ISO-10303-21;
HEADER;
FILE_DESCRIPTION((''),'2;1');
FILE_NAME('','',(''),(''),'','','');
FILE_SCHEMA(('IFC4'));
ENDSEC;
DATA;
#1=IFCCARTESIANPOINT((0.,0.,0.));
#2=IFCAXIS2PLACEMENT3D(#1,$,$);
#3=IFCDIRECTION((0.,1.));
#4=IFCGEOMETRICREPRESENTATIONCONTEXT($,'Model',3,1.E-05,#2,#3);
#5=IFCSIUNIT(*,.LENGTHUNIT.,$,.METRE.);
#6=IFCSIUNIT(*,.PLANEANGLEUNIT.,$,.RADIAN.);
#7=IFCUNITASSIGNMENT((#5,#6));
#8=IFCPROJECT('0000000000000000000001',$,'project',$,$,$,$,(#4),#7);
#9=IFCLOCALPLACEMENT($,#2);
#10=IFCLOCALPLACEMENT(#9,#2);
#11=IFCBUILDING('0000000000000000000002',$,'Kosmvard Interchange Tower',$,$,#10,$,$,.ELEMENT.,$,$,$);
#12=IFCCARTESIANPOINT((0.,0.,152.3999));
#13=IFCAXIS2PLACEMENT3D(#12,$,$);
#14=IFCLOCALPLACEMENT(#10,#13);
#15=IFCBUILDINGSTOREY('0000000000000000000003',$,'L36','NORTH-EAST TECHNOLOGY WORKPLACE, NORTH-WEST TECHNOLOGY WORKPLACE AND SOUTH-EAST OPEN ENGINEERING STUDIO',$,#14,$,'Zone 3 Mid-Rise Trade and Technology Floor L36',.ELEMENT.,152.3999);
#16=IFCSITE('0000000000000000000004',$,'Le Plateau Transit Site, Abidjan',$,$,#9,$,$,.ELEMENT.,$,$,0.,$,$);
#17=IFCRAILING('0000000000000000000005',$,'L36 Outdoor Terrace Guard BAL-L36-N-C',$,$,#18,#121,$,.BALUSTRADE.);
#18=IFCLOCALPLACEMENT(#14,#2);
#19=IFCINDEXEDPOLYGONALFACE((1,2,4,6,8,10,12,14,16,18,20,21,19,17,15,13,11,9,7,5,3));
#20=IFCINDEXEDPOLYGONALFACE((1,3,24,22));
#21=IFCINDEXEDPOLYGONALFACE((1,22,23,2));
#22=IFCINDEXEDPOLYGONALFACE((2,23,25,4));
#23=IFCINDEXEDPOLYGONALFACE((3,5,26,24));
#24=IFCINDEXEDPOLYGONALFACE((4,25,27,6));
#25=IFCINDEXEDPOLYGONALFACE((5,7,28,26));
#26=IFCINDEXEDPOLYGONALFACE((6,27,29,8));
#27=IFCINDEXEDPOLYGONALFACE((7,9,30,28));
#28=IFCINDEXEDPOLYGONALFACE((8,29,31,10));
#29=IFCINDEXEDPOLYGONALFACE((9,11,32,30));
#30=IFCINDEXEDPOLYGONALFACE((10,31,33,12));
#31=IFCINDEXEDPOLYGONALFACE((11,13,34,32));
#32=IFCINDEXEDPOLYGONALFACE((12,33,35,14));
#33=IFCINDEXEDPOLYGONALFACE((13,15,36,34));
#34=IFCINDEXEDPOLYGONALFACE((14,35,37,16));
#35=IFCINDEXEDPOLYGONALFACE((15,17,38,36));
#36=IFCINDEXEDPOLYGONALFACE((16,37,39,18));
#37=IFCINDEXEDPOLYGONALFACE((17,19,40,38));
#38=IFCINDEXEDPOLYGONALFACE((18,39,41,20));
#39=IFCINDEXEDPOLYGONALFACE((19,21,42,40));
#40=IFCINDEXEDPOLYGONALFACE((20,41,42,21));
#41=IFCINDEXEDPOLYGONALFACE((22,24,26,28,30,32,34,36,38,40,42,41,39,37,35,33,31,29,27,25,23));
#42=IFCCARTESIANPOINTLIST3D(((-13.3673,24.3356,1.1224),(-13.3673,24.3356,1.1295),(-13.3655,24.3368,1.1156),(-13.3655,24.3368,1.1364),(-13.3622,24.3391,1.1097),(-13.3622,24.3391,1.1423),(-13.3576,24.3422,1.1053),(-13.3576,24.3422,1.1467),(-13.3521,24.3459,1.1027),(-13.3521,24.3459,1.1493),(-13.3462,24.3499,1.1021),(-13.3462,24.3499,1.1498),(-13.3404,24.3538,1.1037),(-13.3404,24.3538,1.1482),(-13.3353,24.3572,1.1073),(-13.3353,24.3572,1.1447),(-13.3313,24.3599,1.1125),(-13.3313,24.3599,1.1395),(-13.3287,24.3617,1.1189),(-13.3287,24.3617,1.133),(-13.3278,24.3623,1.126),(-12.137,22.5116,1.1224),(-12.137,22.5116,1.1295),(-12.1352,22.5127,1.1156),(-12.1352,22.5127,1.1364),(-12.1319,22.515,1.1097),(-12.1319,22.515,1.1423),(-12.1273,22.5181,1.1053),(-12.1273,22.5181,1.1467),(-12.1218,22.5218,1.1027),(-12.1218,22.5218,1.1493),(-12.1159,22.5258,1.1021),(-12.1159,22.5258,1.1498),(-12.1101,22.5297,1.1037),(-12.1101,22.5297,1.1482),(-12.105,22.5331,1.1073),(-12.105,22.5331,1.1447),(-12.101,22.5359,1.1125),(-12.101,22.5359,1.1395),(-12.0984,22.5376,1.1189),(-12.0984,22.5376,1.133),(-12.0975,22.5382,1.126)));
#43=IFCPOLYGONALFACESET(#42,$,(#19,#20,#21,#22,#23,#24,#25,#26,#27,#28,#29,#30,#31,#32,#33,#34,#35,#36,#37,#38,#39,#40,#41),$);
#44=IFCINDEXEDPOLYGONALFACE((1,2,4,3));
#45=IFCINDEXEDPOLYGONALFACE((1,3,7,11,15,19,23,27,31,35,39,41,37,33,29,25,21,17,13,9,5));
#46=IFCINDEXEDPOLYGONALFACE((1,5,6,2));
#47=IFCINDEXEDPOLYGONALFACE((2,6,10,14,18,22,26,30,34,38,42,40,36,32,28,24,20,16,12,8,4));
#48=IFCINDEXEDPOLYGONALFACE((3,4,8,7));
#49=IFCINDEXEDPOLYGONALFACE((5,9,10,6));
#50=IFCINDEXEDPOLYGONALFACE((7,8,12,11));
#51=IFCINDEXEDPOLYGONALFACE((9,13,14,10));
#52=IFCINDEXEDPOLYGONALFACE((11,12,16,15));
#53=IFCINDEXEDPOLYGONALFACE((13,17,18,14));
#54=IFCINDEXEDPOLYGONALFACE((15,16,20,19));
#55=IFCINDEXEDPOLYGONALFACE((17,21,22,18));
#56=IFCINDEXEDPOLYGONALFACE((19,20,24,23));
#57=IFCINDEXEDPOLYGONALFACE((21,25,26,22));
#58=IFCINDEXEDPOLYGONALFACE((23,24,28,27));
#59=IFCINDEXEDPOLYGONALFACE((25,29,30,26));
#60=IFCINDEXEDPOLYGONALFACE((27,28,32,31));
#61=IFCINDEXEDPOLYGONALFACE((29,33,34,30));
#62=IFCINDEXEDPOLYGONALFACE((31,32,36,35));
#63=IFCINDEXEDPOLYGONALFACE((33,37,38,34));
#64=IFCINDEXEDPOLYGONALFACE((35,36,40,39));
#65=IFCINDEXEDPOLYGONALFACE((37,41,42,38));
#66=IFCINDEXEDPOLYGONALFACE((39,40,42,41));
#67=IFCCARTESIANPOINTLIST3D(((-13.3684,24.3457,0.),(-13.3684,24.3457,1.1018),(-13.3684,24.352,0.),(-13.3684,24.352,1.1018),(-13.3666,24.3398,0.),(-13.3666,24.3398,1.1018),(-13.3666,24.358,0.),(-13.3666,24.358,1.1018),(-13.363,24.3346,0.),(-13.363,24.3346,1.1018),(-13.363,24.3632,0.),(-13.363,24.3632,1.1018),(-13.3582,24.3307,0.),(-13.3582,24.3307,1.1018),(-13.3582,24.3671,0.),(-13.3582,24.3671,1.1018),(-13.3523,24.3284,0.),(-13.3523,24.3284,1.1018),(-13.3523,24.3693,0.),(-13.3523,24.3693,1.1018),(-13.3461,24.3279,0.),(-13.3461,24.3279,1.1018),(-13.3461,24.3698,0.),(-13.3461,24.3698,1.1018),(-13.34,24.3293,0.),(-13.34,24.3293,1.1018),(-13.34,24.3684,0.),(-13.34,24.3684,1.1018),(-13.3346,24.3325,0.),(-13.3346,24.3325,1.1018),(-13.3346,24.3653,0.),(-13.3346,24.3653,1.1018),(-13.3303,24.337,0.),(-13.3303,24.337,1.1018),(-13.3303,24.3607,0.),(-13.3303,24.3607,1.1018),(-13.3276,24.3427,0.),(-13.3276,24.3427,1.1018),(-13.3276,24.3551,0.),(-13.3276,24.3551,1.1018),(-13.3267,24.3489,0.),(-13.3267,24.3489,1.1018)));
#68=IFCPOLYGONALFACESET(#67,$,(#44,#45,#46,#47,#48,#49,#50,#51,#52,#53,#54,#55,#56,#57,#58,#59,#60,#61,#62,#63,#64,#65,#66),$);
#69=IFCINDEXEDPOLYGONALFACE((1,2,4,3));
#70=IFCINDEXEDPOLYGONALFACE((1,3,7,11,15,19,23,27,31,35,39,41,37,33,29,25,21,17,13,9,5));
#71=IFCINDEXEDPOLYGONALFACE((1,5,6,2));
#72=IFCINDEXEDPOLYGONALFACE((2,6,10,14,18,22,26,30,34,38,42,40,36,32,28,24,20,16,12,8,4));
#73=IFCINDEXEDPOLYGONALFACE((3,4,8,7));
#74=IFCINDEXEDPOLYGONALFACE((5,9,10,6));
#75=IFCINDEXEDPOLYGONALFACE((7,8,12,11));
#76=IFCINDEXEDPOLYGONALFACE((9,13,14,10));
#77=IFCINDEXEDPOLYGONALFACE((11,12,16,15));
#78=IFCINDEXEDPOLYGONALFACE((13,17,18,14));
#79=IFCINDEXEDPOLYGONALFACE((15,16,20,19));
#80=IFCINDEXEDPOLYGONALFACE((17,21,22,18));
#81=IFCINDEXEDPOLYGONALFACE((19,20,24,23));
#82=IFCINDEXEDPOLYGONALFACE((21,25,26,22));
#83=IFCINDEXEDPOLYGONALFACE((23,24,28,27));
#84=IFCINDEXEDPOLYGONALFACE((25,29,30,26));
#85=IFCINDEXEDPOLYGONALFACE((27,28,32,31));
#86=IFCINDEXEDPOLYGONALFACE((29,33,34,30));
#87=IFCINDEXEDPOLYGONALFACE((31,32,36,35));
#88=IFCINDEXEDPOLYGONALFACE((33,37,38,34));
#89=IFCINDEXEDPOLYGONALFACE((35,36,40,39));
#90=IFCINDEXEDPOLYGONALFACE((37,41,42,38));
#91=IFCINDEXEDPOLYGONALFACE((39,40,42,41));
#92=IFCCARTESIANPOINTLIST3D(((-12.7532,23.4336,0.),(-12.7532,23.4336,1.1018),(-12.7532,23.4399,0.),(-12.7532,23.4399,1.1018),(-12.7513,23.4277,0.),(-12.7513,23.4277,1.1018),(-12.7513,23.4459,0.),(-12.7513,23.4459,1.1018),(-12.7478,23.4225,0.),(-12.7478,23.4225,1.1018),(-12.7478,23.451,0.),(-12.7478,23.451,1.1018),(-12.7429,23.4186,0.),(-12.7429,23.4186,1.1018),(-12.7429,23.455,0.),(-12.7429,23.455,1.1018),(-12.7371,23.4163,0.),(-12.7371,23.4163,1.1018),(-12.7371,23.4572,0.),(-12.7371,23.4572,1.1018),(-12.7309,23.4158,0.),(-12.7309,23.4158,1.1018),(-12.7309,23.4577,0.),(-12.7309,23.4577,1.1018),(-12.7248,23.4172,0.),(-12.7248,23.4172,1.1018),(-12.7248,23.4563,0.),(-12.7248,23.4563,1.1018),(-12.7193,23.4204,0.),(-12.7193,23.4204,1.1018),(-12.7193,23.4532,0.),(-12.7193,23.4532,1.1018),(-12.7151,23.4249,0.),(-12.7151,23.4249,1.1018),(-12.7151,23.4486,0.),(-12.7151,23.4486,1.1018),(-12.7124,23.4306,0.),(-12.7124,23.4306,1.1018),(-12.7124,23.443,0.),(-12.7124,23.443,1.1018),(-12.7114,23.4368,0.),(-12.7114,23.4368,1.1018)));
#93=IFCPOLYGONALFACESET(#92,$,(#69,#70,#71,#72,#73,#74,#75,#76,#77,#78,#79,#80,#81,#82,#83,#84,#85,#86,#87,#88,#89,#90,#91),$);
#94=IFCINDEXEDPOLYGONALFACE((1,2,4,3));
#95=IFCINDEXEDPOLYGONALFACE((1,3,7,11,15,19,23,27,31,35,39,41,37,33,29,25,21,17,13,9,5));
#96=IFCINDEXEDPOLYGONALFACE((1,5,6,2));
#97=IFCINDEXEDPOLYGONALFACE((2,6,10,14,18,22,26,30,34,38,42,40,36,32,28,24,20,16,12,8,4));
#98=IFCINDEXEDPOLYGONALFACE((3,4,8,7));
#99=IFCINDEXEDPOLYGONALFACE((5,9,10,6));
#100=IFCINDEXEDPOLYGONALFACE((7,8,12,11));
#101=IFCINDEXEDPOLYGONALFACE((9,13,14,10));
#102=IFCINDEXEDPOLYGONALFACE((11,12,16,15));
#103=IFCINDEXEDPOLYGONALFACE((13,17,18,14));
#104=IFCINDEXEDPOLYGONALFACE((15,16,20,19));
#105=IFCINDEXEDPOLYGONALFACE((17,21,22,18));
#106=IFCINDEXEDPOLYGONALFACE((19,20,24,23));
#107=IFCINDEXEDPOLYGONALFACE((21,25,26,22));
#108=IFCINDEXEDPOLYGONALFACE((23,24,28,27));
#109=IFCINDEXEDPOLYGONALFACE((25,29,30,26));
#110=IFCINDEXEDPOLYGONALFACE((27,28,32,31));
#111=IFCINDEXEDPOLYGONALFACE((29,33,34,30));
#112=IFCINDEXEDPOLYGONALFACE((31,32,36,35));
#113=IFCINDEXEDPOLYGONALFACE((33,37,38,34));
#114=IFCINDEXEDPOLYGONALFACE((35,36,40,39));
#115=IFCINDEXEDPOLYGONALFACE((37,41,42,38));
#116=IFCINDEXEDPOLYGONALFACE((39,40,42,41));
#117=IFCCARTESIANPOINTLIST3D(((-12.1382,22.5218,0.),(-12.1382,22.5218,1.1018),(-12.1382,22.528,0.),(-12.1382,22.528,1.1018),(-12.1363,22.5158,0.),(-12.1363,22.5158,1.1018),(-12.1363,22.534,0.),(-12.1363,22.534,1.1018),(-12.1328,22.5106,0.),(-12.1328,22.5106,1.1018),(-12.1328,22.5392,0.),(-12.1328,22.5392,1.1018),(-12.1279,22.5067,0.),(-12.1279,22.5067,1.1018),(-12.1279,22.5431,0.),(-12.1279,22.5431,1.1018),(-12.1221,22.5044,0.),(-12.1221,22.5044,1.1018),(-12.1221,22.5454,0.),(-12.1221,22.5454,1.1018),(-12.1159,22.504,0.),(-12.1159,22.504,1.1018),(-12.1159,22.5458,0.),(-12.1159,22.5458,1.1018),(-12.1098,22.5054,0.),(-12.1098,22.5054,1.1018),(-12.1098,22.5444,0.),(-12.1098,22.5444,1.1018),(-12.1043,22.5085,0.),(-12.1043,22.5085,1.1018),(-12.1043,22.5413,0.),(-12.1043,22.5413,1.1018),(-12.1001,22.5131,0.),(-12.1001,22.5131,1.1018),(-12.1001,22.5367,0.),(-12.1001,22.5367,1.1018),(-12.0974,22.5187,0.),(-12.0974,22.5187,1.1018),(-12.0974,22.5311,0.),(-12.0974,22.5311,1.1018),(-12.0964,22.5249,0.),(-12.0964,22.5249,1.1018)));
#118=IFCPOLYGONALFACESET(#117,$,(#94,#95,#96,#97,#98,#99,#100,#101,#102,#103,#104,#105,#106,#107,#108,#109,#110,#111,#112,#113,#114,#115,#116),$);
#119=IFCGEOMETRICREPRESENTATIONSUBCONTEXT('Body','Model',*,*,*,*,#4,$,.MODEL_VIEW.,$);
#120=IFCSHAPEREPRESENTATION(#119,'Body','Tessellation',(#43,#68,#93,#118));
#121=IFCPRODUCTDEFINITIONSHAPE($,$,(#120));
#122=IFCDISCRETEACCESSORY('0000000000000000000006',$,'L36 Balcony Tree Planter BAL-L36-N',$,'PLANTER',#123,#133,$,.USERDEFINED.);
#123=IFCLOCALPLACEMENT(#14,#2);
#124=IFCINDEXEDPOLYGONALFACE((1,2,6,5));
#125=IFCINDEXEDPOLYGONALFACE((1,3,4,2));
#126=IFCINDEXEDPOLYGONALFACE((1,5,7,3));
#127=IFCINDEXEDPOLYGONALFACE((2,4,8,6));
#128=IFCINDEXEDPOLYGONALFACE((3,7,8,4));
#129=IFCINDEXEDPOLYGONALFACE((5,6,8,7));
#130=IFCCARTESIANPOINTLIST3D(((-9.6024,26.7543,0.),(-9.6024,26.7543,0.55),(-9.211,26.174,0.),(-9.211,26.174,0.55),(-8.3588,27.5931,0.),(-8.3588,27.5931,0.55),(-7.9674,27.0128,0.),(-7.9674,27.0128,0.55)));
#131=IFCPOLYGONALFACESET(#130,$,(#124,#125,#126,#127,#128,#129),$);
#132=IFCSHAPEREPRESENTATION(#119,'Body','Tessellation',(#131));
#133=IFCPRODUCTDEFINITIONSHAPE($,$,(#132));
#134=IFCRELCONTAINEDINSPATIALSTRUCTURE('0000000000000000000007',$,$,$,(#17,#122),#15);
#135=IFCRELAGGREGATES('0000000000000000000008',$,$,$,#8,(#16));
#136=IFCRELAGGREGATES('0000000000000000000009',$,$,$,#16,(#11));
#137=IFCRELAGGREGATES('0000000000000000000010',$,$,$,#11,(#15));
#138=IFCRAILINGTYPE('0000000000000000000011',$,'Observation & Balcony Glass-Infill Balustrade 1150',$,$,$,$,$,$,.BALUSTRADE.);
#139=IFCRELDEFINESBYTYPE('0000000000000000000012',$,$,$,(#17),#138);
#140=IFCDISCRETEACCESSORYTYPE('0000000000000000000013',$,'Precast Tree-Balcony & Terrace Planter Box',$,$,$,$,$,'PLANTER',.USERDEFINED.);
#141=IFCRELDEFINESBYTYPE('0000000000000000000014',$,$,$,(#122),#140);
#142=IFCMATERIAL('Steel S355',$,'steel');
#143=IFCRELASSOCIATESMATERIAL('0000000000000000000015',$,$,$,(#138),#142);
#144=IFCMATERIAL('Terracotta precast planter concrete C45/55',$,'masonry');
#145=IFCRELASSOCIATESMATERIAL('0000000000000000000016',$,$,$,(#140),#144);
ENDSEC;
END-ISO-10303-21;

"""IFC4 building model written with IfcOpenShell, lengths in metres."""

from ifc_helpers import new_model, si_unit, direction, frame, origin, origin_2d, place, context, subcontext, project, spatial, rectangle, circle, extrude, source, transform, mapped, material, type_object, element, save


model = new_model("IFC4")

# Units and contexts
model_context = context("Model", 3, precision=1e-05, world=origin(), true_north=direction((0.0, 1.0)))
body_context = subcontext(model_context, "Body", "Model", "MODEL_VIEW")
ifc_project = project(units=[si_unit("LENGTHUNIT", "METRE"), si_unit("PLANEANGLEUNIT", "RADIAN")], contexts=[model_context])

# Site, building, storey
site_placement = place(None, origin())
site = spatial("IfcSite", under=ifc_project, at=site_placement, Name="Le Plateau Transit Site, Abidjan", CompositionType="ELEMENT", RefElevation=0.0)
building_placement = place(site_placement, origin())
building = spatial("IfcBuilding", under=site, at=building_placement, Name="Kosmvard Interchange Tower", CompositionType="ELEMENT")
storey_placement = place(building_placement, frame((0.0, 0.0, 152.3999)))
storey = spatial("IfcBuildingStorey", under=building, at=storey_placement, Name="L36", Description="NORTH-EAST TECHNOLOGY WORKPLACE, NORTH-WEST TECHNOLOGY WORKPLACE AND SOUTH-EAST OPEN ENGINEERING STUDIO", LongName="Zone 3 Mid-Rise Trade and Technology Floor L36", CompositionType="ELEMENT", Elevation=152.3999)

# Shared definitions
ifc_material_1 = material(Name="Steel S355", Category="steel")

# Railing
railing_type = type_object("IfcRailingType", Name="Observation & Balcony Glass-Infill Balustrade 1150", PredefinedType="BALUSTRADE", material=ifc_material_1)
shared_shape_1 = source(origin(), body_context, "Body", "SweptSolid", [
    extrude(circle(Radius=0.0239, at=origin_2d()), frame((0.0, 0.0, 1.126), z_axis=(0.559174, -0.829051, 0.0), x_axis=(0.829051, 0.559174, 0.0)), (0.0, 0.0, 1.0), 2.2002),
    extrude(circle(Radius=0.021, at=origin_2d()), origin(), (0.0, 0.0, 1.0), 1.1018),
    extrude(circle(Radius=0.021, at=origin_2d()), frame((0.6152, -0.9121, 0.0)), (0.0, 0.0, 1.0), 1.1018),
    extrude(circle(Radius=0.021, at=origin_2d()), frame((1.2302, -1.824, 0.0)), (0.0, 0.0, 1.0), 1.1018),
])
railing_placement = place(storey_placement, frame((-13.3477, 24.3489, 0.0)))
element("IfcRailing", 1, at=railing_placement, inside=storey, type_object=railing_type, Name="L36 Outdoor Terrace Guard BAL-L36-N-C", PredefinedType="BALUSTRADE", context=body_context, shape_type="MappedRepresentation", body=[
    mapped(shared_shape_1, transform((0.0, 0.0, 0.0), scale=1.0)),
])

# Discrete accessory
ifc_material_2 = material(Name="Terracotta precast planter concrete C45/55", Category="masonry")
discrete_accessory_type = type_object("IfcDiscreteAccessoryType", Name="Precast Tree-Balcony & Terrace Planter Box", ElementType="PLANTER", PredefinedType="USERDEFINED", material=ifc_material_2)
shared_shape_2 = source(origin(), body_context, "Body", "SweptSolid", [
    extrude(rectangle(XDim=1.5, YDim=0.7, at=origin_2d()), origin(), (0.0, 0.0, 1.0), 0.55),
])
discrete_accessory_placement = place(storey_placement, frame((-8.7849, 26.8835, 0.0), z_axis=(0.0, 0.0, 1.0), x_axis=(0.829038, 0.559193, 0.0)))
element("IfcDiscreteAccessory", 2, at=discrete_accessory_placement, inside=storey, type_object=discrete_accessory_type, Name="L36 Balcony Tree Planter BAL-L36-N", ObjectType="PLANTER", PredefinedType="USERDEFINED", context=body_context, shape_type="MappedRepresentation", body=[
    mapped(shared_shape_2, transform((0.0, 0.0, 0.0), scale=1.0)),
])

save(model, "model.ifc")
